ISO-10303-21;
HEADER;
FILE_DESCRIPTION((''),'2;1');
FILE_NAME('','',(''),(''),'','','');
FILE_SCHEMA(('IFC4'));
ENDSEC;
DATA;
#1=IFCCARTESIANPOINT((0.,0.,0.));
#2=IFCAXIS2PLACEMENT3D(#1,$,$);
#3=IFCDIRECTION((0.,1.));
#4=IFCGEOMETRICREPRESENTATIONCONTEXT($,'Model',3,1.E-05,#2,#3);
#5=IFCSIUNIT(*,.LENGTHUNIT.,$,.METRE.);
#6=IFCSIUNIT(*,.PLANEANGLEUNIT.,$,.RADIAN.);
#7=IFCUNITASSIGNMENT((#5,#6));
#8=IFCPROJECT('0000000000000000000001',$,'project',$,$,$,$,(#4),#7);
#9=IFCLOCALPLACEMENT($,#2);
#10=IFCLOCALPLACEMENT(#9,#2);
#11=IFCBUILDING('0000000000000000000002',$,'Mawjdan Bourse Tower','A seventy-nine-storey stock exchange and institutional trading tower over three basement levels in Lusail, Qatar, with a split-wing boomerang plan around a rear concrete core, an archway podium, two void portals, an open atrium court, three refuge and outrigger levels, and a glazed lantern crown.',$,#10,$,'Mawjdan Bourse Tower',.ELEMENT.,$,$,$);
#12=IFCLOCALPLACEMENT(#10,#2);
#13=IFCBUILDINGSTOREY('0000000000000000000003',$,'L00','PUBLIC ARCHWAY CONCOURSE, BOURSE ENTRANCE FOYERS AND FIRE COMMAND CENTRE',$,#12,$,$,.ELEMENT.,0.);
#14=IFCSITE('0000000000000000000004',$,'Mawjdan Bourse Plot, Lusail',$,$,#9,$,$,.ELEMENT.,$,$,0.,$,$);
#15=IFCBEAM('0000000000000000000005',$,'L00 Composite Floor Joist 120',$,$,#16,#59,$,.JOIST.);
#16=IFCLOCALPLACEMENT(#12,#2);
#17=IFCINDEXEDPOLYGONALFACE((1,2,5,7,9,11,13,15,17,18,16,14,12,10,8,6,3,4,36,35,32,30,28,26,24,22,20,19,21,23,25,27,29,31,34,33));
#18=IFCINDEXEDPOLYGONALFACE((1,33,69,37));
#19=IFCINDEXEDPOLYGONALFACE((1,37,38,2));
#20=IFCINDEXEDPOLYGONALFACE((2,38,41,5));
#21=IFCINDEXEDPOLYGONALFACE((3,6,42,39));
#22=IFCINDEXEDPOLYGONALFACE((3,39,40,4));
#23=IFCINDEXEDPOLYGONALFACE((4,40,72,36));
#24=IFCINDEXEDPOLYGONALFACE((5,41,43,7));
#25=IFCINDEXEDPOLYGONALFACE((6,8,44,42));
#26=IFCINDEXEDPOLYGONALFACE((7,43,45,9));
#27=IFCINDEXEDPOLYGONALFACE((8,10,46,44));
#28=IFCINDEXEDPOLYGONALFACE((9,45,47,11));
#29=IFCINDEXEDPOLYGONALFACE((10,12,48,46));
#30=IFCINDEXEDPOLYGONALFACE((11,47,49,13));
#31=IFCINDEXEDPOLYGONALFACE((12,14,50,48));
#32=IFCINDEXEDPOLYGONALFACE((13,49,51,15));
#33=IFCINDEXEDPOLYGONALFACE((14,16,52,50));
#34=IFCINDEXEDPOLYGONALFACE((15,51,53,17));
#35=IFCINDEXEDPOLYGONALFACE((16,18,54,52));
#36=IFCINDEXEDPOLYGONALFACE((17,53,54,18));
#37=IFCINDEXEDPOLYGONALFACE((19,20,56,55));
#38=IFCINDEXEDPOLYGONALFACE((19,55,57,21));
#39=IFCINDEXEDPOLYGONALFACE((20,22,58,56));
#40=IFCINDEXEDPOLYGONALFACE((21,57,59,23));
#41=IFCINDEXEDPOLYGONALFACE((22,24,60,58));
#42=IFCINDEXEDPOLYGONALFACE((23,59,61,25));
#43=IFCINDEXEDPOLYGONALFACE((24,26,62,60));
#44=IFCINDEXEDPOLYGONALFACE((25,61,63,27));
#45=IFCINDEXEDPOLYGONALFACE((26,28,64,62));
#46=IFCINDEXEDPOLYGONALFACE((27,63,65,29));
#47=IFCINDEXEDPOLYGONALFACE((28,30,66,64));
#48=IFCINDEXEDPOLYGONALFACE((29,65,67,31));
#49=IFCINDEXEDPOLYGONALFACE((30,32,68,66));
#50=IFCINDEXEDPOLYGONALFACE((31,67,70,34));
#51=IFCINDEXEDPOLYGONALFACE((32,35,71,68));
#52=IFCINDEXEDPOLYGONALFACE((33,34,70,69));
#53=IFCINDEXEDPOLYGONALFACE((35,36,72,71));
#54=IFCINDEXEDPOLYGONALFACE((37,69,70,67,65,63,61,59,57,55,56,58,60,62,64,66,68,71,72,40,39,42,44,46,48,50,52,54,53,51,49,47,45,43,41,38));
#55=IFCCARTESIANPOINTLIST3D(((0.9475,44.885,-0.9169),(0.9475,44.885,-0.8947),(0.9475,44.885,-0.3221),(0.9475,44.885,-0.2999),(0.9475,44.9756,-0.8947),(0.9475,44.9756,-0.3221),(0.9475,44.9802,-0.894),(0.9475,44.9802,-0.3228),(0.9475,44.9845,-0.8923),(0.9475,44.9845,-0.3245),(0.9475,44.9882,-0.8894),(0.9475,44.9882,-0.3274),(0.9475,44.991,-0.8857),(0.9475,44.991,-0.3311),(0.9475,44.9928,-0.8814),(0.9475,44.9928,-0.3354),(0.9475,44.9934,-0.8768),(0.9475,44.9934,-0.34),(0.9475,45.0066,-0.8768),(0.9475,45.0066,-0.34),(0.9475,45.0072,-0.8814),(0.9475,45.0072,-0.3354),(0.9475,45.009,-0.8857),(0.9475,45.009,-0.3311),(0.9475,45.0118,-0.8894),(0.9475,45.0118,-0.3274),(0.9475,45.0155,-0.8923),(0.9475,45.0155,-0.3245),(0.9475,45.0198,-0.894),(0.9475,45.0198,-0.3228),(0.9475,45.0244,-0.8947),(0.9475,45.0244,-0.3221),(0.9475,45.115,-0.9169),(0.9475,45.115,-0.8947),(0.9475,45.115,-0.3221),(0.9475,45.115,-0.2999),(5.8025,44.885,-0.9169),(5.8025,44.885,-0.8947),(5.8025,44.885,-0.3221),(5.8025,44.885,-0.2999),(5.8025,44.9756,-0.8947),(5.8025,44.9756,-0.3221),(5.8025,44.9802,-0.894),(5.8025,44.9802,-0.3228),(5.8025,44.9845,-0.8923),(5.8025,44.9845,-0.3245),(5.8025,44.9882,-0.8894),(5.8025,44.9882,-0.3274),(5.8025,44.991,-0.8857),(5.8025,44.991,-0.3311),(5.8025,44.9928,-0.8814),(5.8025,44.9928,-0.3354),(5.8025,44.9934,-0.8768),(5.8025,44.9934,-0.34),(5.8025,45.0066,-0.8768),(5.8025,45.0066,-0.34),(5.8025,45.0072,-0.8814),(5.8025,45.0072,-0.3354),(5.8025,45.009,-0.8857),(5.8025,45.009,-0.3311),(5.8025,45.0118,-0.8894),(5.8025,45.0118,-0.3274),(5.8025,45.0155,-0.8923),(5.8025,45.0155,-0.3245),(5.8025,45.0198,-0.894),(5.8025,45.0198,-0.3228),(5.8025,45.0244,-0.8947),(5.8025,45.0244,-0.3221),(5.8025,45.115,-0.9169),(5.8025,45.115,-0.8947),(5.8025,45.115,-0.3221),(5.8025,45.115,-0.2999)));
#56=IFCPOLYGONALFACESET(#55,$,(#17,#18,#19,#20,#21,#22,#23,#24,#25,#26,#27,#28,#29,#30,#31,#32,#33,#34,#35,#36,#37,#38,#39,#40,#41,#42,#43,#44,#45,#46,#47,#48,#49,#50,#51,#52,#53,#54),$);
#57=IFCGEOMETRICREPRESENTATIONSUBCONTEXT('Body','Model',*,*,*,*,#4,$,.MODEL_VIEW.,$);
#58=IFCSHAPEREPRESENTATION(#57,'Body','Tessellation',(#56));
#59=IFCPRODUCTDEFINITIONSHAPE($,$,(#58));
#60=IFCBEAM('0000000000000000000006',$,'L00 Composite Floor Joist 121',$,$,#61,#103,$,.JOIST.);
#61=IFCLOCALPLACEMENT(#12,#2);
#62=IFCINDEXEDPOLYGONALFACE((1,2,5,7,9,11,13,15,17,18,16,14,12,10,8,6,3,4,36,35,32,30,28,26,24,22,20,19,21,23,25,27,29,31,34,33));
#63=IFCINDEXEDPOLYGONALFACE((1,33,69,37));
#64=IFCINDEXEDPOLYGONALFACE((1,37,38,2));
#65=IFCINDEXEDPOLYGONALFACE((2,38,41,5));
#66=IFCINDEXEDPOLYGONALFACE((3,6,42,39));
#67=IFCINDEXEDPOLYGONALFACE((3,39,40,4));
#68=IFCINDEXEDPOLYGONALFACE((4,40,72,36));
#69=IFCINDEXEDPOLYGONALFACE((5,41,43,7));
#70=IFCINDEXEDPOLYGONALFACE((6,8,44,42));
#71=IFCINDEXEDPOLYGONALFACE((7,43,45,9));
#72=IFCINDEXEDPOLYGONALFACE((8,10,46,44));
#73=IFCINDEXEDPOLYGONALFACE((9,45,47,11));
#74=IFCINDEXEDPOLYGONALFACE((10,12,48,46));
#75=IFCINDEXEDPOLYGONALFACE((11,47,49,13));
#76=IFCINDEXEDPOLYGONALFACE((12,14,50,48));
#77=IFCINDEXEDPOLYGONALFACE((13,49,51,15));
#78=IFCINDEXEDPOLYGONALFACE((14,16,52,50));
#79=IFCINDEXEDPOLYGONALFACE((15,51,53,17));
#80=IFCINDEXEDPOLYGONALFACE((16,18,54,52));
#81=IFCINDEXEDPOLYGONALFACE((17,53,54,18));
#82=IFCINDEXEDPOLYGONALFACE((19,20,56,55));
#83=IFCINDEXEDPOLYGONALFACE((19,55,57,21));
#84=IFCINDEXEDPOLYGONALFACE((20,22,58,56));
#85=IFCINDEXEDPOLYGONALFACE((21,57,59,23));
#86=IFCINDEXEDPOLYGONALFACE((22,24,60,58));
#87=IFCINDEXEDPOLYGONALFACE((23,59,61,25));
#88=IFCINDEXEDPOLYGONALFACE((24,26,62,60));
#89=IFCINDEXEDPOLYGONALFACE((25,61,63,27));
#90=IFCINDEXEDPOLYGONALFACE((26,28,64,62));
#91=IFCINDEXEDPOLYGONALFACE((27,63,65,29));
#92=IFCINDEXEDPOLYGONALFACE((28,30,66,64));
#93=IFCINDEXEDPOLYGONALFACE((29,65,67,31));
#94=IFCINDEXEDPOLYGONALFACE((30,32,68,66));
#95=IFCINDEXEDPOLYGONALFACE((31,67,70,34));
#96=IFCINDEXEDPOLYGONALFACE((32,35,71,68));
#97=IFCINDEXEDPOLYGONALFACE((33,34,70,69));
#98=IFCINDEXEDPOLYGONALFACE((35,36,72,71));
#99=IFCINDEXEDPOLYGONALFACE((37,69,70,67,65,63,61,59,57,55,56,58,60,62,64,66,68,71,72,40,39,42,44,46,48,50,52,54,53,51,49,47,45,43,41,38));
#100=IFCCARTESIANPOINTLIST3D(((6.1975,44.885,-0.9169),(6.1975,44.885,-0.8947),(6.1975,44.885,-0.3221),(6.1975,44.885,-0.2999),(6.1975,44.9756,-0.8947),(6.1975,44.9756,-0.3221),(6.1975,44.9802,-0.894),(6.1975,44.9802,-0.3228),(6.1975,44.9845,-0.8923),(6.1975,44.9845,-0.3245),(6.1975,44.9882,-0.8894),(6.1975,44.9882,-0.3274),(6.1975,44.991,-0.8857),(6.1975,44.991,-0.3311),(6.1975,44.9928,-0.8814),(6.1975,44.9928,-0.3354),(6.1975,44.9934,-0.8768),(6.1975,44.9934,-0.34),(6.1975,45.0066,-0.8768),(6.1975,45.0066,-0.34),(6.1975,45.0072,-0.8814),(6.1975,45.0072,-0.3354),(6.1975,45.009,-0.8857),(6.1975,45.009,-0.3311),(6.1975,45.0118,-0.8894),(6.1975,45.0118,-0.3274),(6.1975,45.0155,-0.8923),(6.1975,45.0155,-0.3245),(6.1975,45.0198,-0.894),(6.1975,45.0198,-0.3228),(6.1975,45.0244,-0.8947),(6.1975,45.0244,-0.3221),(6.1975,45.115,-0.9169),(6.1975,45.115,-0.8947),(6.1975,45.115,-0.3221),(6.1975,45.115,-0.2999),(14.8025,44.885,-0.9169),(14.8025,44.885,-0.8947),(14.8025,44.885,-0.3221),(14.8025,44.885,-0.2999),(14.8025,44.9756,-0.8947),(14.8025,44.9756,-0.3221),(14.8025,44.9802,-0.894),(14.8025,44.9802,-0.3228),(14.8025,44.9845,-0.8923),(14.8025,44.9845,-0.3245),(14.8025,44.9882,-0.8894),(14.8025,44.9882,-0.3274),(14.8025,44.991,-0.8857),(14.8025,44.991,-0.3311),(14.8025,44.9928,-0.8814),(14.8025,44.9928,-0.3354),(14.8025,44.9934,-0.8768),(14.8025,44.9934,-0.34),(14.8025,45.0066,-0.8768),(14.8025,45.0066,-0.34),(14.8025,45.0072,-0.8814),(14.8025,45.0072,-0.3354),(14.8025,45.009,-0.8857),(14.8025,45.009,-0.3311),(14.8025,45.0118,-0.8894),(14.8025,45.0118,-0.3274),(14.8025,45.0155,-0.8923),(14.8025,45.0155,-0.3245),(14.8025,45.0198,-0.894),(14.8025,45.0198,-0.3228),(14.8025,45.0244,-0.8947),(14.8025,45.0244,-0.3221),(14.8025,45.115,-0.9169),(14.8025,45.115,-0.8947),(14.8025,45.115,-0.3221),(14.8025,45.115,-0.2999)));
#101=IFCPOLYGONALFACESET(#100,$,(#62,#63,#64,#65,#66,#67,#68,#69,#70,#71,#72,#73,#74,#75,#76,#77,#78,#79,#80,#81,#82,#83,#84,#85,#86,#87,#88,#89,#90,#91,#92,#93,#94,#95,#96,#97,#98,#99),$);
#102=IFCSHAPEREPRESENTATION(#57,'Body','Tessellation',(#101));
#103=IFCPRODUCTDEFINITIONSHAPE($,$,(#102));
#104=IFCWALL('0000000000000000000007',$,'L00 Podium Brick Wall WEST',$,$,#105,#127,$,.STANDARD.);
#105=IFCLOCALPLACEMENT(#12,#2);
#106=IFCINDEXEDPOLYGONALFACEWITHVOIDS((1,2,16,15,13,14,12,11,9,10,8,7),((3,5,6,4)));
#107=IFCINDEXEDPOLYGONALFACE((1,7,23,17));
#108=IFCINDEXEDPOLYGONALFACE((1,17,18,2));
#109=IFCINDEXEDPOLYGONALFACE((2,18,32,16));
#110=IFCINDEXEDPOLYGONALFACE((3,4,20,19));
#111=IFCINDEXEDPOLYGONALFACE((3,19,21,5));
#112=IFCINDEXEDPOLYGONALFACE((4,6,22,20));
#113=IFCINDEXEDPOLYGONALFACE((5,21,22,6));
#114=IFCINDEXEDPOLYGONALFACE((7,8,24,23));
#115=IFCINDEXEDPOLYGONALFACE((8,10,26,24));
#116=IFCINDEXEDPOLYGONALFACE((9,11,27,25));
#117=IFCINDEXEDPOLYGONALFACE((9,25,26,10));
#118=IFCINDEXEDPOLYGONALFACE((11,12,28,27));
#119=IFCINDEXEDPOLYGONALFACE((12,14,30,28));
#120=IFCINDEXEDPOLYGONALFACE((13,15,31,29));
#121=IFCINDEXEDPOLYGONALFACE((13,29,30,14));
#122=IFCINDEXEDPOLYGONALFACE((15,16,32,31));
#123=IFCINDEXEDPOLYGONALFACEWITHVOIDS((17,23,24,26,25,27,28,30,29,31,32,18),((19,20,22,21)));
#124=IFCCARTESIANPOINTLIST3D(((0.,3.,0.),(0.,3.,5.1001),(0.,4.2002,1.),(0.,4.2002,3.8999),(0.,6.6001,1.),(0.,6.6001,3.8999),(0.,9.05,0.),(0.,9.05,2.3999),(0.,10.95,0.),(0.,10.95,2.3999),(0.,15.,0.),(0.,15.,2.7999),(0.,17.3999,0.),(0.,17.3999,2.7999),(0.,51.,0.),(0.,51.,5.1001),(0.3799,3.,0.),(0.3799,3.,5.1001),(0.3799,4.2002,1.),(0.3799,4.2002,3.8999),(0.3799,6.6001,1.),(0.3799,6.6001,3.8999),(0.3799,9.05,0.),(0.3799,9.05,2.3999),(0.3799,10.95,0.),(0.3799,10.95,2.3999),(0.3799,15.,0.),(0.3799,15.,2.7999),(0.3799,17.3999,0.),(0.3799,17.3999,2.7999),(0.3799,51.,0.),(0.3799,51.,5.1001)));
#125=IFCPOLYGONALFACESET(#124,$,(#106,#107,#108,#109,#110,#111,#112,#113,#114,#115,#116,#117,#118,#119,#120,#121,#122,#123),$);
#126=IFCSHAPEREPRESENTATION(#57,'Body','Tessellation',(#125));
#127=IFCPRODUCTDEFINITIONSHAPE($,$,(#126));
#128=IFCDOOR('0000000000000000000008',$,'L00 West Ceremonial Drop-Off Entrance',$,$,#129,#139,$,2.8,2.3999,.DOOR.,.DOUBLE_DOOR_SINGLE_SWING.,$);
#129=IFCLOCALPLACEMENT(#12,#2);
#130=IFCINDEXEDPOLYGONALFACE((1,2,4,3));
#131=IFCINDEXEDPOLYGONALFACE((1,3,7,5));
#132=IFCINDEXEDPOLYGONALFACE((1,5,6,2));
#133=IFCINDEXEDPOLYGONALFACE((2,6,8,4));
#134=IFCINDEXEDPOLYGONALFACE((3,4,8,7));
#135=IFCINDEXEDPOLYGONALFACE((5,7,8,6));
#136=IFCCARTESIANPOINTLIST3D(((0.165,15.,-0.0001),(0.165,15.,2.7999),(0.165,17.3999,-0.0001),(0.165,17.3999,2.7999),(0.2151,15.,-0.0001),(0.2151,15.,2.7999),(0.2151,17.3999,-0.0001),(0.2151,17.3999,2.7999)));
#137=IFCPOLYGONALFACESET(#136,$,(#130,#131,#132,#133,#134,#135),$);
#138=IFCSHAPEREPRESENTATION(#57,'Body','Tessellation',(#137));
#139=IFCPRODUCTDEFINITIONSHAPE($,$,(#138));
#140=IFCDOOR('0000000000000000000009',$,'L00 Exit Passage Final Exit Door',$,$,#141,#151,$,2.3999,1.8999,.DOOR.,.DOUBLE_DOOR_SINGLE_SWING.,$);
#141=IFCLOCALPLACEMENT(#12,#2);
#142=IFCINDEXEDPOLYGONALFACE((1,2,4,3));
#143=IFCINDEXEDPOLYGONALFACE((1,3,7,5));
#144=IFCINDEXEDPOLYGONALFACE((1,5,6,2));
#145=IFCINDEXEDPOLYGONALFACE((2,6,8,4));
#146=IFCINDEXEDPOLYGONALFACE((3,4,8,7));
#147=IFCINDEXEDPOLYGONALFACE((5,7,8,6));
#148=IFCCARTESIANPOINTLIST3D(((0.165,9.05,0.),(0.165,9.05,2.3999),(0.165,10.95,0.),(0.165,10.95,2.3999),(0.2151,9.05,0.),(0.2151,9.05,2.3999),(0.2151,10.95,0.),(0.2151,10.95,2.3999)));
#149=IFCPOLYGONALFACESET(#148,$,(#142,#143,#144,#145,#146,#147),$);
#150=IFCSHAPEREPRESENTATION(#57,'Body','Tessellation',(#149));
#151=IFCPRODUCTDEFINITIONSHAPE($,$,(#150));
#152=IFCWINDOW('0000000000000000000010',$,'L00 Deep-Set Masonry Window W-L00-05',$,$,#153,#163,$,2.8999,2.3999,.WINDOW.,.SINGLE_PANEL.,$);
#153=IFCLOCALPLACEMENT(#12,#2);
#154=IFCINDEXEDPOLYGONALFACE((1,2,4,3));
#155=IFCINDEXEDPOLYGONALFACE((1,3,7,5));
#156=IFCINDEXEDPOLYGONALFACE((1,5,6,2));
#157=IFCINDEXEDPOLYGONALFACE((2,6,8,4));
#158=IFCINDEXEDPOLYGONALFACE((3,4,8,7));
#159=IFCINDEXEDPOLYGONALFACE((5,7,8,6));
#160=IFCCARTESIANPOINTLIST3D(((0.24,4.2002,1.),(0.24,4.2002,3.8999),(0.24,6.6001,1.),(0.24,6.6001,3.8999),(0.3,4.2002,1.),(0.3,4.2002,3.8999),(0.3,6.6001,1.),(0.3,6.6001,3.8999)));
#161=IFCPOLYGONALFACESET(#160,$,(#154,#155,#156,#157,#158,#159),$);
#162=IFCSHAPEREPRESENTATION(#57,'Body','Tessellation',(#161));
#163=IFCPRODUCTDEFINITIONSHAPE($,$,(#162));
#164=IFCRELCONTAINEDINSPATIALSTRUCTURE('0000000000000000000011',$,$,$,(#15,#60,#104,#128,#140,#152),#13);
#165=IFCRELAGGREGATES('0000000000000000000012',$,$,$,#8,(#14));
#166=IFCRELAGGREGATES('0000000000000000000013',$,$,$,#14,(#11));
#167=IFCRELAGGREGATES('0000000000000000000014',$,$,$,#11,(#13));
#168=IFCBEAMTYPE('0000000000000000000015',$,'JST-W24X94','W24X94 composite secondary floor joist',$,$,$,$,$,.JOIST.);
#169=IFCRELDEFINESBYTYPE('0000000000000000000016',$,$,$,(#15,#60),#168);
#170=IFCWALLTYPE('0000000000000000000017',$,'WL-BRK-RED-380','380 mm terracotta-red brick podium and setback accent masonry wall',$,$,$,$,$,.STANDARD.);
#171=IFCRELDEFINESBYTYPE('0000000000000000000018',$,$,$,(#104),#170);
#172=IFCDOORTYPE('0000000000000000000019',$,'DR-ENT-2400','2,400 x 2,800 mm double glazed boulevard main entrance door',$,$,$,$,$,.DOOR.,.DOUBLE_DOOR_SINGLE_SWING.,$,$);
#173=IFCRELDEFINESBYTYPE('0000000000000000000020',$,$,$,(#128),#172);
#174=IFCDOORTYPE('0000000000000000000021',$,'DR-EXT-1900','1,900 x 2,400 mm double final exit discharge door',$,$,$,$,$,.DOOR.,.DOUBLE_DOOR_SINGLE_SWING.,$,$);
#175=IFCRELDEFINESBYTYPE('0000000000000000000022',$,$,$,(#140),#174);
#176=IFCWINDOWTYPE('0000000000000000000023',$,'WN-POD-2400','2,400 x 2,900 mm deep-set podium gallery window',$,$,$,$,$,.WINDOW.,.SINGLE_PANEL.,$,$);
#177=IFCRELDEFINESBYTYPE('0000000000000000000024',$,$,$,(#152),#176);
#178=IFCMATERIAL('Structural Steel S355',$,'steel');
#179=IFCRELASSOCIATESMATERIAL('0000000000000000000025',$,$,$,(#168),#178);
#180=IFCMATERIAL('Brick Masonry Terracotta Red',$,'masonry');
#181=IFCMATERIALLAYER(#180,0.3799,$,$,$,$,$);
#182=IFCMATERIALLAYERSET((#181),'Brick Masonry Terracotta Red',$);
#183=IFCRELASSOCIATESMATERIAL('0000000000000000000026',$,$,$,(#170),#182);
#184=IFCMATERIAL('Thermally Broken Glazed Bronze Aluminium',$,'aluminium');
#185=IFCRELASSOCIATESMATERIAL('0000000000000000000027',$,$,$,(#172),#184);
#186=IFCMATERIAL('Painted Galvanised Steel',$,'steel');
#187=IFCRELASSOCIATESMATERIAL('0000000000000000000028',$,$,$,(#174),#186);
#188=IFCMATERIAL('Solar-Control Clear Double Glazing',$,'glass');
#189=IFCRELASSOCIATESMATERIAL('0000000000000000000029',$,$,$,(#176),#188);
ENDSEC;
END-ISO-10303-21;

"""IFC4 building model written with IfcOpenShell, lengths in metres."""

from ifc_helpers import new_model, si_unit, direction, frame, frame_2d, origin, origin_2d, place, context, subcontext, project, spatial, rectangle, i_section, extrude, material, layer, layer_set, material_profile, profile_set, type_object, element, fill, save


model = new_model("IFC4")

# Units and contexts
model_context = context("Model", 3, precision=1e-05, world=origin(), true_north=direction((0.0, 1.0)))
body_context = subcontext(model_context, "Body", "Model", "MODEL_VIEW")
ifc_project = project(units=[si_unit("LENGTHUNIT", "METRE"), si_unit("PLANEANGLEUNIT", "RADIAN")], contexts=[model_context])

# Site, building, storey
site_placement = place(None, origin())
site = spatial("IfcSite", under=ifc_project, at=site_placement, Name="Mawjdan Bourse Plot, Lusail", CompositionType="ELEMENT", RefElevation=0.0)
building_placement = place(site_placement, origin())
building = spatial("IfcBuilding", under=site, at=building_placement, Name="Mawjdan Bourse Tower", Description="A seventy-nine-storey stock exchange and institutional trading tower over three basement levels in Lusail, Qatar, with a split-wing boomerang plan around a rear concrete core, an archway podium, two void portals, an open atrium court, three refuge and outrigger levels, and a glazed lantern crown.", LongName="Mawjdan Bourse Tower", CompositionType="ELEMENT")
storey_placement = place(building_placement, origin())
storey = spatial("IfcBuildingStorey", under=building, at=storey_placement, Name="L00", Description="PUBLIC ARCHWAY CONCOURSE, BOURSE ENTRANCE FOYERS AND FIRE COMMAND CENTRE", CompositionType="ELEMENT", Elevation=0.0)

# Beams
ifc_material_1 = material(Name="Structural Steel S355", Category="steel")
ifc_material_profile_1 = material_profile(ifc_material_1, i_section(OverallWidth=0.23, OverallDepth=0.6169, WebThickness=0.0132, FlangeThickness=0.0222, FilletRadius=0.0178, at=origin_2d()), Name="W24X94")
ifc_profile_set_1 = profile_set([ifc_material_profile_1], Name="Structural Steel S355")
beam_type_1 = type_object("IfcBeamType", Name="JST-W24X94", Description="W24X94 composite secondary floor joist", PredefinedType="JOIST", material=ifc_profile_set_1)
beam_1_placement = place(storey_placement, frame((0.9475, 45.0, -0.6084), z_axis=(1.0, 0.0, 0.0), x_axis=(0.0, 1.0, 0.0)))
element("IfcBeam", 1, at=beam_1_placement, inside=storey, type_object=beam_type_1, Name="L00 Composite Floor Joist 120", PredefinedType="JOIST", context=body_context, shape_type="SweptSolid", body=[
    extrude(i_section(OverallWidth=0.23, OverallDepth=0.6169, WebThickness=0.0132, FlangeThickness=0.0222, FilletRadius=0.0178, at=origin_2d()), origin(), (0.0, 0.0, 1.0), 4.855),
])
beam_2_placement = place(storey_placement, frame((6.1975, 45.0, -0.6084), z_axis=(1.0, 0.0, 0.0), x_axis=(0.0, 1.0, 0.0)))
element("IfcBeam", 2, at=beam_2_placement, inside=storey, type_object=beam_type_1, Name="L00 Composite Floor Joist 121", PredefinedType="JOIST", context=body_context, shape_type="SweptSolid", body=[
    extrude(i_section(OverallWidth=0.23, OverallDepth=0.6169, WebThickness=0.0132, FlangeThickness=0.0222, FilletRadius=0.0178, at=origin_2d()), origin(), (0.0, 0.0, 1.0), 8.605),
])

# Wall, openings, doors, window
ifc_material_2 = material(Name="Brick Masonry Terracotta Red", Category="masonry")
ifc_layer = layer(ifc_material_2, 0.3799)
ifc_layer_set = layer_set([ifc_layer], Name="Brick Masonry Terracotta Red")
wall_type = type_object("IfcWallType", Name="WL-BRK-RED-380", Description="380 mm terracotta-red brick podium and setback accent masonry wall", PredefinedType="STANDARD", material=ifc_layer_set)
wall_placement = place(storey_placement, frame((0.1899, 51.0, 0.0), z_axis=(0.0, 0.0, 1.0), x_axis=(0.0, -1.0, 0.0)))
wall = element("IfcWall", 3, at=wall_placement, inside=storey, type_object=wall_type, Name="L00 Podium Brick Wall WEST", PredefinedType="STANDARD", context=body_context, shape_type="SweptSolid", body=[
    extrude(rectangle(XDim=48.0, YDim=0.3799, at=frame_2d((24.0, 0.0))), origin(), (0.0, 0.0, 1.0), 5.1001),
])
opening_1_placement = place(wall_placement, frame((33.6001, 0.0, 0.0)))
opening_1 = element("IfcOpeningElement", 4, at=opening_1_placement, cuts=wall, PredefinedType="OPENING", context=body_context, shape_type="SweptSolid", body=[
    extrude(rectangle(XDim=2.3999, YDim=2.8, at=frame_2d((1.2, 1.3999))), frame((0.0, 0.2, 0.0), z_axis=(0.0, -1.0, 0.0), x_axis=(1.0, 0.0, 0.0)), (0.0, 0.0, 1.0), 0.3999),
])
opening_2_placement = place(wall_placement, frame((40.05, 0.0, 0.0)))
opening_2 = element("IfcOpeningElement", 5, at=opening_2_placement, cuts=wall, PredefinedType="OPENING", context=body_context, shape_type="SweptSolid", body=[
    extrude(rectangle(XDim=1.8999, YDim=2.3999, at=frame_2d((0.95, 1.2))), frame((0.0, 0.2, 0.0), z_axis=(0.0, -1.0, 0.0), x_axis=(1.0, 0.0, 0.0)), (0.0, 0.0, 1.0), 0.3999),
])
opening_3_placement = place(wall_placement, frame((44.3999, 0.0, 1.0)))
opening_3 = element("IfcOpeningElement", 6, at=opening_3_placement, cuts=wall, PredefinedType="OPENING", context=body_context, shape_type="SweptSolid", body=[
    extrude(rectangle(XDim=2.3999, YDim=2.8999, at=frame_2d((1.2, 1.45))), frame((0.0, 0.2, 0.0), z_axis=(0.0, -1.0, 0.0), x_axis=(1.0, 0.0, 0.0)), (0.0, 0.0, 1.0), 0.3999),
])
ifc_material_3 = material(Name="Thermally Broken Glazed Bronze Aluminium", Category="aluminium")
door_type_1 = type_object("IfcDoorType", Name="DR-ENT-2400", Description="2,400 x 2,800 mm double glazed boulevard main entrance door", OperationType="DOUBLE_DOOR_SINGLE_SWING", PredefinedType="DOOR", material=ifc_material_3)
door_1_placement = place(opening_1_placement, frame((2.3999, 0.0, 0.0), z_axis=(0.0, 0.0, 1.0), x_axis=(-1.0, 0.0, 0.0)))
door_1 = element("IfcDoor", 7, at=door_1_placement, inside=storey, type_object=door_type_1, Name="L00 West Ceremonial Drop-Off Entrance", OperationType="DOUBLE_DOOR_SINGLE_SWING", OverallHeight=2.8, OverallWidth=2.3999, PredefinedType="DOOR", context=body_context, shape_type="SweptSolid", body=[
    extrude(rectangle(XDim=2.3999, YDim=2.8, at=frame_2d((1.2, 1.3999))), frame((0.0, 0.0249, 0.0), z_axis=(0.0, -1.0, 0.0), x_axis=(1.0, 0.0, 0.0)), (0.0, 0.0, 1.0), 0.05),
])
fill(opening_1, door_1)
ifc_material_4 = material(Name="Painted Galvanised Steel", Category="steel")
door_type_2 = type_object("IfcDoorType", Name="DR-EXT-1900", Description="1,900 x 2,400 mm double final exit discharge door", OperationType="DOUBLE_DOOR_SINGLE_SWING", PredefinedType="DOOR", material=ifc_material_4)
door_2_placement = place(opening_2_placement, frame((1.8999, 0.0, 0.0), z_axis=(0.0, 0.0, 1.0), x_axis=(-1.0, 0.0, 0.0)))
door_2 = element("IfcDoor", 8, at=door_2_placement, inside=storey, type_object=door_type_2, Name="L00 Exit Passage Final Exit Door", OperationType="DOUBLE_DOOR_SINGLE_SWING", OverallHeight=2.3999, OverallWidth=1.8999, PredefinedType="DOOR", context=body_context, shape_type="SweptSolid", body=[
    extrude(rectangle(XDim=1.8999, YDim=2.3999, at=frame_2d((0.95, 1.2))), frame((0.0, 0.0249, 0.0), z_axis=(0.0, -1.0, 0.0), x_axis=(1.0, 0.0, 0.0)), (0.0, 0.0, 1.0), 0.05),
])
fill(opening_2, door_2)
ifc_material_5 = material(Name="Solar-Control Clear Double Glazing", Category="glass")
window_type = type_object("IfcWindowType", Name="WN-POD-2400", Description="2,400 x 2,900 mm deep-set podium gallery window", PartitioningType="SINGLE_PANEL", PredefinedType="WINDOW", material=ifc_material_5)
window_placement = place(opening_3_placement, origin())
window = element("IfcWindow", 9, at=window_placement, inside=storey, type_object=window_type, Name="L00 Deep-Set Masonry Window W-L00-05", OverallHeight=2.8999, OverallWidth=2.3999, PartitioningType="SINGLE_PANEL", PredefinedType="WINDOW", context=body_context, shape_type="SweptSolid", body=[
    extrude(rectangle(XDim=2.3999, YDim=2.8999, at=frame_2d((1.2, 1.45))), frame((0.0, 0.1101, 0.0), z_axis=(0.0, -1.0, 0.0), x_axis=(1.0, 0.0, 0.0)), (0.0, 0.0, 1.0), 0.0601),
])
fill(opening_3, window)

save(model, "model.ifc")
